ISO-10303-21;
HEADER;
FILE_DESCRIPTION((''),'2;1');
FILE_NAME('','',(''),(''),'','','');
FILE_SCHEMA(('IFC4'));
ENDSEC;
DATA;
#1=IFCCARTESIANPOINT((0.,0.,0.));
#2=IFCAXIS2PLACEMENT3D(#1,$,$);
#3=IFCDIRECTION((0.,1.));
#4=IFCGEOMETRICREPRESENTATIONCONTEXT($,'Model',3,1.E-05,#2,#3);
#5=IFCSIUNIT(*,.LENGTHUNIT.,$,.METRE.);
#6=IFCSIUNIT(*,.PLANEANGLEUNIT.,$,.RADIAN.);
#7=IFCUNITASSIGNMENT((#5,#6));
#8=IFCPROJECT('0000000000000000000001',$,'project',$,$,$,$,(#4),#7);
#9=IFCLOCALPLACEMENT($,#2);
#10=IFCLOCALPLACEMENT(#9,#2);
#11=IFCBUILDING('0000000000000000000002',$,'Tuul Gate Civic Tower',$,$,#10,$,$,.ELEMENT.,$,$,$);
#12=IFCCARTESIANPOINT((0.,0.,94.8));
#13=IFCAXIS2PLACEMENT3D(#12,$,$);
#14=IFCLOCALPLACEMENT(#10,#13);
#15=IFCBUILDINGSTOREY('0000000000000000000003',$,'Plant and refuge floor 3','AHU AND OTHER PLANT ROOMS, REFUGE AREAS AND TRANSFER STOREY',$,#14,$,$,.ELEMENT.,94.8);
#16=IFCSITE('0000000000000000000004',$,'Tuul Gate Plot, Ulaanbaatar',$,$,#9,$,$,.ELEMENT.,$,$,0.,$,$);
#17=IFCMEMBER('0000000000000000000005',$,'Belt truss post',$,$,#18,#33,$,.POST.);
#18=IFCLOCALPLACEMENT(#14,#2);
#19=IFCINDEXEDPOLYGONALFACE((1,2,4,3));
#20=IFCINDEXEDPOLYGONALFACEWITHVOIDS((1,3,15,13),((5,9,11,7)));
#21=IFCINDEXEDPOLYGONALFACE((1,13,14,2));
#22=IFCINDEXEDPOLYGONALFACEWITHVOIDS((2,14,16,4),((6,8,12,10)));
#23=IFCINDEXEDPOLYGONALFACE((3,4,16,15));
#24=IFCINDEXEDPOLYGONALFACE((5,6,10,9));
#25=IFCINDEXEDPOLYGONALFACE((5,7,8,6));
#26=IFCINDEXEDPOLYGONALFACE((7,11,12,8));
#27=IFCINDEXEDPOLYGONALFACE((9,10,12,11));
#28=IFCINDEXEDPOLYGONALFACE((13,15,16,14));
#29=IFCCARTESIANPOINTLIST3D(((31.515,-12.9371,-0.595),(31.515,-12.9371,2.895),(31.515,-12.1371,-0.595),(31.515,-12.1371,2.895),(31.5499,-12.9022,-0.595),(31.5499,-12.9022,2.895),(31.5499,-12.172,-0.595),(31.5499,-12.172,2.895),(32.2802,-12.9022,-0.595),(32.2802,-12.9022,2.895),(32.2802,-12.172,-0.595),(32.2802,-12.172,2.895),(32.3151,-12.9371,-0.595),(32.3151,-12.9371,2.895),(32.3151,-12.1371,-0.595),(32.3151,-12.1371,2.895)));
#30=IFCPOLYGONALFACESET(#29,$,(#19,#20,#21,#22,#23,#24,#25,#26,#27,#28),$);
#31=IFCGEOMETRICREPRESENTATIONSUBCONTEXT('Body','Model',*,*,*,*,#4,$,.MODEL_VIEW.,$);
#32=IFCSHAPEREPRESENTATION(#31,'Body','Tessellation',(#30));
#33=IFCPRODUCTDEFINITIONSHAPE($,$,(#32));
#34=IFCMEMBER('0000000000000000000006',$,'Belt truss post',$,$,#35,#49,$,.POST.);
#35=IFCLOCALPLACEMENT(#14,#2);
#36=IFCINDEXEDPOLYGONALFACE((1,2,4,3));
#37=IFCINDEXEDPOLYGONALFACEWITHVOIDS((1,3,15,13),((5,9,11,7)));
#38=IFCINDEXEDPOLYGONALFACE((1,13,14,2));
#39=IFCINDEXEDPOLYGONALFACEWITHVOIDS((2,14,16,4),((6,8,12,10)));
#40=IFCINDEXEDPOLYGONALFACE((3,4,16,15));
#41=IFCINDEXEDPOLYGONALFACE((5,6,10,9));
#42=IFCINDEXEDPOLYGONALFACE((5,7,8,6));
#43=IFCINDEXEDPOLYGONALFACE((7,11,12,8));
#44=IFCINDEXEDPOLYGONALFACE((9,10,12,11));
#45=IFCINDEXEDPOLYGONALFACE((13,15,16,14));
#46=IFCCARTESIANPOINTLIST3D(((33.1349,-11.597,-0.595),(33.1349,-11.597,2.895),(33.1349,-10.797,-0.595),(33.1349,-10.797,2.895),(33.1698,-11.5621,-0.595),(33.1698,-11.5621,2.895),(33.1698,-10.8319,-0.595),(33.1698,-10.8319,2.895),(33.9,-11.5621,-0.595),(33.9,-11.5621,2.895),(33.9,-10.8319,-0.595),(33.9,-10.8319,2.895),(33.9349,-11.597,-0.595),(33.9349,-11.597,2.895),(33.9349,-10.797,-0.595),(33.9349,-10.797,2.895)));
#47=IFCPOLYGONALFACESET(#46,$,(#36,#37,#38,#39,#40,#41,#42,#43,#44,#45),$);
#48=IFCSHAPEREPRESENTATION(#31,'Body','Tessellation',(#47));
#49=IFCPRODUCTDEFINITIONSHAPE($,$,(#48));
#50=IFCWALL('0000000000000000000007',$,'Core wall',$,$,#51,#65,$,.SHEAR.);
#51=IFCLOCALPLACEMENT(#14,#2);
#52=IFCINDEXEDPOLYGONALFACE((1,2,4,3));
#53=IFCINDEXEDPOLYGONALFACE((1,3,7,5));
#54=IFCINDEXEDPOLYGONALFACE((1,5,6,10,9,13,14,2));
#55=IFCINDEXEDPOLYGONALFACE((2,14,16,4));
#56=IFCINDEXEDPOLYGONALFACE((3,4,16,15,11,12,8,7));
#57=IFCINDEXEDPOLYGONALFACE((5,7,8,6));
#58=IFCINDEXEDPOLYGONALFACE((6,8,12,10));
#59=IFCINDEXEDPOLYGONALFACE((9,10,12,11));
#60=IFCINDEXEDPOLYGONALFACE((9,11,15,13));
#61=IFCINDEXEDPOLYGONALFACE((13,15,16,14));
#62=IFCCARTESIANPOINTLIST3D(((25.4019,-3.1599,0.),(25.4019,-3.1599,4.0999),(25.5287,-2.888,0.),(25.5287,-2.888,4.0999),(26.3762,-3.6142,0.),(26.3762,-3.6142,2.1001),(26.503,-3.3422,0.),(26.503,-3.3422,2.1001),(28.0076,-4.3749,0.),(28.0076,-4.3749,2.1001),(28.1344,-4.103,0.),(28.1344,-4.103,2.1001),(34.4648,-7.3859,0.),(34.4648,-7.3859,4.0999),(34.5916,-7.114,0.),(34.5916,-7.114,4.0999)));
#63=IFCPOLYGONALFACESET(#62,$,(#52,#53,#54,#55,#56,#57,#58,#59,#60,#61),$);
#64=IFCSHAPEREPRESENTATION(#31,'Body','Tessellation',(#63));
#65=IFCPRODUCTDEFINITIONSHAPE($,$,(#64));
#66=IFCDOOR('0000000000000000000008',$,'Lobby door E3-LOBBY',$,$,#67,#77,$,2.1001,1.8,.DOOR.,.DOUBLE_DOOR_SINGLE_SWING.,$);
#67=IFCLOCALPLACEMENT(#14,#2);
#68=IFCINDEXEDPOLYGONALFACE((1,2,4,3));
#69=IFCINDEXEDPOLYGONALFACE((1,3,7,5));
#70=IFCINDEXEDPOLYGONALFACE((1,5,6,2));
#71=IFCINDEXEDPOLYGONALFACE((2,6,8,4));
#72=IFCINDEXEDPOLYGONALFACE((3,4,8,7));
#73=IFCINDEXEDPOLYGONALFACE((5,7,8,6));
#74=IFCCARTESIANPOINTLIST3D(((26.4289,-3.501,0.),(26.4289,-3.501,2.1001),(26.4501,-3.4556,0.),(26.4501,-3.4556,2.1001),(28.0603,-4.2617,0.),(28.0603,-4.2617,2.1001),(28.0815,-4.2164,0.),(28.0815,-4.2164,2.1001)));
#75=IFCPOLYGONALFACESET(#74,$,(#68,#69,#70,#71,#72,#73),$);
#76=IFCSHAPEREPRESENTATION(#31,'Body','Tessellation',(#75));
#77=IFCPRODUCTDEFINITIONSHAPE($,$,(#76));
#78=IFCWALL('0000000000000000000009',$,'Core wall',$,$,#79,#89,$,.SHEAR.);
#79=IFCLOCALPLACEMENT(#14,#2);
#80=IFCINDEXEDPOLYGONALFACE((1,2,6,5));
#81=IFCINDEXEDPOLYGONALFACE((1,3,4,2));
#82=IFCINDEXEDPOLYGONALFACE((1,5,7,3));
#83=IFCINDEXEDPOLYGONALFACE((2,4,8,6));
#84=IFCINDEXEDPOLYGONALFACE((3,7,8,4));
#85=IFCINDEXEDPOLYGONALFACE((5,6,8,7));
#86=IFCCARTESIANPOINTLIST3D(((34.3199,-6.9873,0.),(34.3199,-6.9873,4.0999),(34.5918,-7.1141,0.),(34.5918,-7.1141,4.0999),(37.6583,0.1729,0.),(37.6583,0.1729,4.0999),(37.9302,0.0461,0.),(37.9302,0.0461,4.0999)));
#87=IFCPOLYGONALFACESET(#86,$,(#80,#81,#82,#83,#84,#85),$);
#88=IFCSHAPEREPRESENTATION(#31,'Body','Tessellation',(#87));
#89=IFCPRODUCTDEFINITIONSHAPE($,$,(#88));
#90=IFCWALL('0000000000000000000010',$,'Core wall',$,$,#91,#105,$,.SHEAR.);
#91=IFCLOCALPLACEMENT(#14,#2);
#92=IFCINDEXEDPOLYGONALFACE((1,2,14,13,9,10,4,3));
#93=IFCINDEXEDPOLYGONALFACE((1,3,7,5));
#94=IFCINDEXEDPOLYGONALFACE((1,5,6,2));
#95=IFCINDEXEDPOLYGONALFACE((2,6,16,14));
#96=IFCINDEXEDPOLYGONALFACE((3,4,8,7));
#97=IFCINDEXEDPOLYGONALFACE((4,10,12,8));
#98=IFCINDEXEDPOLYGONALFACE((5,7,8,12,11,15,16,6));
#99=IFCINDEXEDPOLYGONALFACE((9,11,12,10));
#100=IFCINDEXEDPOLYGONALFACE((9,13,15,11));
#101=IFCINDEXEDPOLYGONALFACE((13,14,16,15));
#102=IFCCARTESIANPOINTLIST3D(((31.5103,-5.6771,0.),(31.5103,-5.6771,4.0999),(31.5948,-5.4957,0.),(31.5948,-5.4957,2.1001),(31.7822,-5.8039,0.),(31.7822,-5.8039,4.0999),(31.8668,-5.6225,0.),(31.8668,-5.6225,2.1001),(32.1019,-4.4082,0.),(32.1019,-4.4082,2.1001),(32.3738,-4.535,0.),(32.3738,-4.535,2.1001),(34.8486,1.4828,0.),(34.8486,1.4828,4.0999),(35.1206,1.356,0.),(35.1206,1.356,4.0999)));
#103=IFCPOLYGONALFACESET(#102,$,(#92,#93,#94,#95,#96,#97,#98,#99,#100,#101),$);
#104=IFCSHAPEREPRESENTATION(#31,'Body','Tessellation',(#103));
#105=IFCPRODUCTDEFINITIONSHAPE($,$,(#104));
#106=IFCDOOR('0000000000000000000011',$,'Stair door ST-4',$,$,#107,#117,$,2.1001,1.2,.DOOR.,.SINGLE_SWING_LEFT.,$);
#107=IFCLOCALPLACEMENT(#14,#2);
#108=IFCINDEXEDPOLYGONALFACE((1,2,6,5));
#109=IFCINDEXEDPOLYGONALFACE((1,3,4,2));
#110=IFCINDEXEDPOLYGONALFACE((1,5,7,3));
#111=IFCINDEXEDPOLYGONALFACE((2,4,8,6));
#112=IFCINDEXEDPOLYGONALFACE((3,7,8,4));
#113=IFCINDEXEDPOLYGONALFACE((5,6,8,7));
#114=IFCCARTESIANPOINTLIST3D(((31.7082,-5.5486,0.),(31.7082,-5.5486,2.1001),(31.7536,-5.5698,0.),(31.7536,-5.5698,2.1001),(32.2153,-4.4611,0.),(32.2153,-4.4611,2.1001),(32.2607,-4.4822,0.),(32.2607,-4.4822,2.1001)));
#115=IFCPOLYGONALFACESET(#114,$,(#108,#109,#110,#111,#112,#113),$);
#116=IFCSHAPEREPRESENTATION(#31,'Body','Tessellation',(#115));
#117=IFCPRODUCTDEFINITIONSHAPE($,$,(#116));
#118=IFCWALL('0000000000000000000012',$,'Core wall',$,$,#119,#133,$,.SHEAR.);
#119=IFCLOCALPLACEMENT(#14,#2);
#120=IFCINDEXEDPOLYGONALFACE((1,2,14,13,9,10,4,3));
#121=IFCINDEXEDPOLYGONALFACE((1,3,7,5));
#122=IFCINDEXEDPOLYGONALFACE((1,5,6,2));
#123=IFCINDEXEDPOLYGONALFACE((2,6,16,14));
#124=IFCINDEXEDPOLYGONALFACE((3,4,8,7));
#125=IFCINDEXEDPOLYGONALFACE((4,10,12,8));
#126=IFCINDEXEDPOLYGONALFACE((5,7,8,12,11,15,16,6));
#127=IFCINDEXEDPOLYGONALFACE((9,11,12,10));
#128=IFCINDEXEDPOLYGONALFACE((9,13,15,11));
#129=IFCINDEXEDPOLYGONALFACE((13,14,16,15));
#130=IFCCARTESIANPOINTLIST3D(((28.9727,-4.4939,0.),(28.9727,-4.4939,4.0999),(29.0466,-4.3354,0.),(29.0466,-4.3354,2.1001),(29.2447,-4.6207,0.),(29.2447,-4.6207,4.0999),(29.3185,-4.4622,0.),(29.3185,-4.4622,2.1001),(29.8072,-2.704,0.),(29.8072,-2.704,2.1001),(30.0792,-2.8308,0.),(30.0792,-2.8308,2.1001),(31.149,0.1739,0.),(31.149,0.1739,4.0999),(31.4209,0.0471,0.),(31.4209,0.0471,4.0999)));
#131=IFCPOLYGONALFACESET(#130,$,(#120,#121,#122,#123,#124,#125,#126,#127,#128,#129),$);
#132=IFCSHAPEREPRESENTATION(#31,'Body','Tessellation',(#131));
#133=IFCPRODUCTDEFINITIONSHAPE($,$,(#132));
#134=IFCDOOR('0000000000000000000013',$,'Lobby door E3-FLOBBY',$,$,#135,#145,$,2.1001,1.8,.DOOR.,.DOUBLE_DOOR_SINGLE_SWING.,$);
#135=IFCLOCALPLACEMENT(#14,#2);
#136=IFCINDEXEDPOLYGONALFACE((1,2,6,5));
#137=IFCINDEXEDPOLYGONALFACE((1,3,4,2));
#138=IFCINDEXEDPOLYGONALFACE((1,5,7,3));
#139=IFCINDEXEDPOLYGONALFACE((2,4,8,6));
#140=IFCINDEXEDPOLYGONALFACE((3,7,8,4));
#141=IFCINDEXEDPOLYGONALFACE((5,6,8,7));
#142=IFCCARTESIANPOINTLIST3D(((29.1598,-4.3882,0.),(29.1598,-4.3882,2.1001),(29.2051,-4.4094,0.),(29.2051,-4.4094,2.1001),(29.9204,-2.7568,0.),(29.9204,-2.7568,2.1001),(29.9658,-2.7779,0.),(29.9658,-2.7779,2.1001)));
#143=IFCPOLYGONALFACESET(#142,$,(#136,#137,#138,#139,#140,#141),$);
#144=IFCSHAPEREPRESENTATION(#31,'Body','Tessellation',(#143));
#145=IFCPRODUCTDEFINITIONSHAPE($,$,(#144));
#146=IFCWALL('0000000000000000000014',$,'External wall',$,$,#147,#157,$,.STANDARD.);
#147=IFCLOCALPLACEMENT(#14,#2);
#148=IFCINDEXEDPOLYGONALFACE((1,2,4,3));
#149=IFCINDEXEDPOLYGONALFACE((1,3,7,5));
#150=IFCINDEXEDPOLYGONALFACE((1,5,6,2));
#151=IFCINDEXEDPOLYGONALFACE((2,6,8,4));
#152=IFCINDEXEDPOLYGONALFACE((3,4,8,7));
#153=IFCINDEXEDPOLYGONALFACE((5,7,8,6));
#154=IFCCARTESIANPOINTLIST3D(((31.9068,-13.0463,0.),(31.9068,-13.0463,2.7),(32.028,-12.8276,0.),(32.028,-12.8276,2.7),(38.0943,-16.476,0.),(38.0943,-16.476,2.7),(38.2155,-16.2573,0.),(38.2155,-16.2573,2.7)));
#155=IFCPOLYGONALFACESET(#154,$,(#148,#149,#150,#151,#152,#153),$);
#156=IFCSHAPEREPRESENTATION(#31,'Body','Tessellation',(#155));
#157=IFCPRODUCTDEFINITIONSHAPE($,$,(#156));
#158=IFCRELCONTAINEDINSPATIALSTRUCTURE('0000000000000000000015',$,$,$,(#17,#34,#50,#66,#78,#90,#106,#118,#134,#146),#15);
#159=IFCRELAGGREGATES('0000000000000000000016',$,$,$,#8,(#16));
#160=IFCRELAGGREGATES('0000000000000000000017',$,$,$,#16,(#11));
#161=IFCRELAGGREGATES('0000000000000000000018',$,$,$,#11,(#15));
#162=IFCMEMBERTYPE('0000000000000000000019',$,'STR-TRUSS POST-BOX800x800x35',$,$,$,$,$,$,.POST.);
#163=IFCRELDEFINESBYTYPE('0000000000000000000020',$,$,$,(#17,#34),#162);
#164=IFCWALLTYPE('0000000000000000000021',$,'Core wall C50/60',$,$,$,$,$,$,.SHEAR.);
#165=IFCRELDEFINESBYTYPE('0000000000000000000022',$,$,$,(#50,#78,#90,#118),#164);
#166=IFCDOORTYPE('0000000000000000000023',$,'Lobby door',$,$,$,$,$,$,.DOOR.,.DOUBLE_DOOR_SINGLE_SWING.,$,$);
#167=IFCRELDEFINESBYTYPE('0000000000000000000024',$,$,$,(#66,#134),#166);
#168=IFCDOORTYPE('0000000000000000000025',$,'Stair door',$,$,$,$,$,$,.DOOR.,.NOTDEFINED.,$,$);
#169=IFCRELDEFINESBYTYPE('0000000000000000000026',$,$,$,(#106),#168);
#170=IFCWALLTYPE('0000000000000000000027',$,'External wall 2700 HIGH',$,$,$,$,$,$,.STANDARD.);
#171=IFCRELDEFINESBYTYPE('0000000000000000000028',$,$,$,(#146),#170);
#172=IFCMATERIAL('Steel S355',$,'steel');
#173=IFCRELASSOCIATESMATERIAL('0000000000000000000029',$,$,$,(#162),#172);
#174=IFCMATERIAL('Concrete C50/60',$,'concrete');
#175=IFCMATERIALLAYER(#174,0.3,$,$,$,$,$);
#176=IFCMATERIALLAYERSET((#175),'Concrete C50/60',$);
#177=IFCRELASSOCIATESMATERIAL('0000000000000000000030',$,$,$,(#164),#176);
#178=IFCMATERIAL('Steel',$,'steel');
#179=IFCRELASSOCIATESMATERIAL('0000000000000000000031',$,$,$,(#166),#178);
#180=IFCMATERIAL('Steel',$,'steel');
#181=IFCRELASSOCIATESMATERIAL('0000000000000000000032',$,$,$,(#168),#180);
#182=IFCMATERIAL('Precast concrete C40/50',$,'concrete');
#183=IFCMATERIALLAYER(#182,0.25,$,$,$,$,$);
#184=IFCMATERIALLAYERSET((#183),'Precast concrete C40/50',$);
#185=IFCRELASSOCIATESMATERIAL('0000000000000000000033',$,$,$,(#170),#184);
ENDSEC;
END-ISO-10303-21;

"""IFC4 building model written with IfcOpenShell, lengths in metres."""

from ifc_helpers import new_model, si_unit, direction, frame, frame_2d, origin, origin_2d, place, context, subcontext, project, spatial, rectangle, hollow_rectangle, extrude, material, layer, layer_set, material_profile, profile_set, type_object, element, fill, save


model = new_model("IFC4")

# Units and contexts
model_context = context("Model", 3, precision=1e-05, world=origin(), true_north=direction((0.0, 1.0)))
body_context = subcontext(model_context, "Body", "Model", "MODEL_VIEW")
ifc_project = project(units=[si_unit("LENGTHUNIT", "METRE"), si_unit("PLANEANGLEUNIT", "RADIAN")], contexts=[model_context])

# Site, building, storey
site_placement = place(None, origin())
site = spatial("IfcSite", under=ifc_project, at=site_placement, Name="Tuul Gate Plot, Ulaanbaatar", CompositionType="ELEMENT", RefElevation=0.0)
building_placement = place(site_placement, origin())
building = spatial("IfcBuilding", under=site, at=building_placement, Name="Tuul Gate Civic Tower", CompositionType="ELEMENT")
storey_placement = place(building_placement, frame((0.0, 0.0, 94.8)))
storey = spatial("IfcBuildingStorey", under=building, at=storey_placement, Name="Plant and refuge floor 3", Description="AHU AND OTHER PLANT ROOMS, REFUGE AREAS AND TRANSFER STOREY", CompositionType="ELEMENT", Elevation=94.8)

# Members
ifc_material_1 = material(Name="Steel S355", Category="steel")
ifc_material_profile_1 = material_profile(ifc_material_1, hollow_rectangle(XDim=0.8, YDim=0.8, WallThickness=0.0349, at=origin_2d()), Name="BOX800x800x35")
ifc_profile_set_1 = profile_set([ifc_material_profile_1], Name="Steel S355")
member_type_1 = type_object("IfcMemberType", Name="STR-TRUSS POST-BOX800x800x35", PredefinedType="POST", material=ifc_profile_set_1)
for number, where, z_axis, x_axis, name in (
    (1, (31.915, -12.5371, -0.595), (0.0, 0.0, 1.0), (1.0, 0.0, 0.0), "Belt truss post"),
    (2, (33.5349, -11.197, -0.595), (0.0, 0.0, 1.0), (1.0, 0.0, 0.0), "Belt truss post"),
):
    element("IfcMember", number, at=place(storey_placement, frame(where, z_axis=z_axis, x_axis=x_axis)), inside=storey, type_object=member_type_1, Name=name, PredefinedType="POST", context=body_context, shape_type="SweptSolid", body=[
        extrude(hollow_rectangle(XDim=0.8, YDim=0.8, WallThickness=0.0349, at=origin_2d()), origin(), (0.0, 0.0, 1.0), 3.49),
    ])

# Wall, opening, door
ifc_material_2 = material(Name="Concrete C50/60", Category="concrete")
ifc_layer_1 = layer(ifc_material_2, 0.3)
ifc_layer_set_1 = layer_set([ifc_layer_1], Name="Concrete C50/60")
wall_type_1 = type_object("IfcWallType", Name="Core wall C50/60", PredefinedType="SHEAR", material=ifc_layer_set_1)
wall_1_placement = place(storey_placement, frame((34.5283, -7.25, 0.0), z_axis=(0.0, 0.0, 1.0), x_axis=(-0.90631, 0.422613, 0.0)))
wall_1 = element("IfcWall", 3, at=wall_1_placement, inside=storey, type_object=wall_type_1, Name="Core wall", PredefinedType="SHEAR", context=body_context, shape_type="SweptSolid", body=[
    extrude(rectangle(XDim=9.9998, YDim=0.3, at=frame_2d((5.0, 0.0))), origin(), (0.0, 0.0, 1.0), 4.0999),
])
opening_1_placement = place(wall_1_placement, frame((7.125, 0.0, 0.0)))
opening_1 = element("IfcOpeningElement", 4, at=opening_1_placement, cuts=wall_1, PredefinedType="OPENING", context=body_context, shape_type="SweptSolid", body=[
    extrude(rectangle(XDim=1.8, YDim=2.1001, at=frame_2d((0.8999, 1.05))), frame((0.0, 0.1602, 0.0), z_axis=(0.0, -1.0, 0.0), x_axis=(1.0, 0.0, 0.0)), (0.0, 0.0, 1.0), 0.3201),
])
ifc_material_3 = material(Name="Steel", Category="steel")
door_type_1 = type_object("IfcDoorType", Name="Lobby door", OperationType="DOUBLE_DOOR_SINGLE_SWING", PredefinedType="DOOR", material=ifc_material_3)
door_1_placement = place(opening_1_placement, frame((1.8, 0.0, 0.0), z_axis=(0.0, 0.0, 1.0), x_axis=(-1.0, 0.0, 0.0)))
door_1 = element("IfcDoor", 5, at=door_1_placement, inside=storey, type_object=door_type_1, Name="Lobby door E3-LOBBY", OperationType="DOUBLE_DOOR_SINGLE_SWING", OverallHeight=2.1001, OverallWidth=1.8, PredefinedType="DOOR", context=body_context, shape_type="SweptSolid", body=[
    extrude(rectangle(XDim=1.8, YDim=2.1001, at=frame_2d((0.9001, 1.05))), frame((0.0, 0.0249, 0.0), z_axis=(0.0, -1.0, 0.0), x_axis=(1.0, 0.0, 0.0)), (0.0, 0.0, 1.0), 0.05),
])
fill(opening_1, door_1)

# Wall
wall_2_placement = place(storey_placement, frame((34.4558, -7.0508, 0.0), z_axis=(0.0, 0.0, 1.0), x_axis=(0.422571, 0.90633, 0.0)))
element("IfcWall", 6, at=wall_2_placement, inside=storey, type_object=wall_type_1, Name="Core wall", PredefinedType="SHEAR", context=body_context, shape_type="SweptSolid", body=[
    extrude(rectangle(XDim=7.9001, YDim=0.3, at=frame_2d((3.9502, 0.0))), origin(), (0.0, 0.0, 1.0), 4.0999),
])

# Walls, openings, doors
wall_3_placement = place(storey_placement, frame((31.6462, -5.7405, 0.0), z_axis=(0.0, 0.0, 1.0), x_axis=(0.422583, 0.906324, 0.0)))
wall_3 = element("IfcWall", 7, at=wall_3_placement, inside=storey, type_object=wall_type_1, Name="Core wall", PredefinedType="SHEAR", context=body_context, shape_type="SweptSolid", body=[
    extrude(rectangle(XDim=7.8999, YDim=0.3, at=frame_2d((3.95, 0.0))), origin(), (0.0, 0.0, 1.0), 4.0999),
])
opening_2_placement = place(wall_3_placement, frame((0.2, 0.0, 0.0)))
opening_2 = element("IfcOpeningElement", 8, at=opening_2_placement, cuts=wall_3, PredefinedType="OPENING", context=body_context, shape_type="SweptSolid", body=[
    extrude(rectangle(XDim=1.2, YDim=2.1001, at=frame_2d((0.6001, 1.05))), frame((0.0, 0.1602, 0.0), z_axis=(0.0, -1.0, 0.0), x_axis=(1.0, 0.0, 0.0)), (0.0, 0.0, 1.0), 0.3201),
])
ifc_material_4 = material(Name="Steel", Category="steel")
door_type_2 = type_object("IfcDoorType", Name="Stair door", OperationType="NOTDEFINED", PredefinedType="DOOR", material=ifc_material_4)
door_2_placement = place(opening_2_placement, origin())
door_2 = element("IfcDoor", 9, at=door_2_placement, inside=storey, type_object=door_type_2, Name="Stair door ST-4", OperationType="SINGLE_SWING_LEFT", OverallHeight=2.1001, OverallWidth=1.2, PredefinedType="DOOR", context=body_context, shape_type="SweptSolid", body=[
    extrude(rectangle(XDim=1.2, YDim=2.1001, at=frame_2d((0.6001, 1.05))), frame((0.0, 0.0249, 0.0), z_axis=(0.0, -1.0, 0.0), x_axis=(1.0, 0.0, 0.0)), (0.0, 0.0, 1.0), 0.05),
])
fill(opening_2, door_2)
wall_4_placement = place(storey_placement, frame((29.1086, -4.5574, 0.0), z_axis=(0.0, 0.0, 1.0), x_axis=(0.422566, 0.906332, 0.0)))
wall_4 = element("IfcWall", 10, at=wall_4_placement, inside=storey, type_object=wall_type_1, Name="Core wall", PredefinedType="SHEAR", context=body_context, shape_type="SweptSolid", body=[
    extrude(rectangle(XDim=5.1501, YDim=0.3, at=frame_2d((2.5752, 0.0))), origin(), (0.0, 0.0, 1.0), 4.0999),
])
opening_3_placement = place(wall_4_placement, frame((0.175, 0.0, 0.0)))
opening_3 = element("IfcOpeningElement", 11, at=opening_3_placement, cuts=wall_4, PredefinedType="OPENING", context=body_context, shape_type="SweptSolid", body=[
    extrude(rectangle(XDim=1.8, YDim=2.1001, at=frame_2d((0.8999, 1.05))), frame((0.0, 0.1602, 0.0), z_axis=(0.0, -1.0, 0.0), x_axis=(1.0, 0.0, 0.0)), (0.0, 0.0, 1.0), 0.3201),
])
door_3_placement = place(opening_3_placement, frame((1.8, 0.0, 0.0), z_axis=(0.0, 0.0, 1.0), x_axis=(-1.0, 0.0, 0.0)))
door_3 = element("IfcDoor", 12, at=door_3_placement, inside=storey, type_object=door_type_1, Name="Lobby door E3-FLOBBY", OperationType="DOUBLE_DOOR_SINGLE_SWING", OverallHeight=2.1001, OverallWidth=1.8, PredefinedType="DOOR", context=body_context, shape_type="SweptSolid", body=[
    extrude(rectangle(XDim=1.8, YDim=2.1001, at=frame_2d((0.9001, 1.05))), frame((0.0, 0.0249, 0.0), z_axis=(0.0, -1.0, 0.0), x_axis=(1.0, 0.0, 0.0)), (0.0, 0.0, 1.0), 0.05),
])
fill(opening_3, door_3)

# Wall
ifc_material_5 = material(Name="Precast concrete C40/50", Category="concrete")
ifc_layer_2 = layer(ifc_material_5, 0.25)
ifc_layer_set_2 = layer_set([ifc_layer_2], Name="Precast concrete C40/50")
wall_type_2 = type_object("IfcWallType", Name="External wall 2700 HIGH", PredefinedType="STANDARD", material=ifc_layer_set_2)
wall_5_placement = place(storey_placement, frame((31.9675, -12.937, 0.0), z_axis=(0.0, 0.0, 1.0), x_axis=(0.874626, -0.484799, 0.0)))
element("IfcWall", 13, at=wall_5_placement, inside=storey, type_object=wall_type_2, Name="External wall", PredefinedType="STANDARD", context=body_context, shape_type="SweptSolid", body=[
    extrude(rectangle(XDim=7.0745, YDim=0.25, at=frame_2d((3.5371, 0.0))), origin(), (0.0, 0.0, 1.0), 2.7),
])

save(model, "model.ifc")
